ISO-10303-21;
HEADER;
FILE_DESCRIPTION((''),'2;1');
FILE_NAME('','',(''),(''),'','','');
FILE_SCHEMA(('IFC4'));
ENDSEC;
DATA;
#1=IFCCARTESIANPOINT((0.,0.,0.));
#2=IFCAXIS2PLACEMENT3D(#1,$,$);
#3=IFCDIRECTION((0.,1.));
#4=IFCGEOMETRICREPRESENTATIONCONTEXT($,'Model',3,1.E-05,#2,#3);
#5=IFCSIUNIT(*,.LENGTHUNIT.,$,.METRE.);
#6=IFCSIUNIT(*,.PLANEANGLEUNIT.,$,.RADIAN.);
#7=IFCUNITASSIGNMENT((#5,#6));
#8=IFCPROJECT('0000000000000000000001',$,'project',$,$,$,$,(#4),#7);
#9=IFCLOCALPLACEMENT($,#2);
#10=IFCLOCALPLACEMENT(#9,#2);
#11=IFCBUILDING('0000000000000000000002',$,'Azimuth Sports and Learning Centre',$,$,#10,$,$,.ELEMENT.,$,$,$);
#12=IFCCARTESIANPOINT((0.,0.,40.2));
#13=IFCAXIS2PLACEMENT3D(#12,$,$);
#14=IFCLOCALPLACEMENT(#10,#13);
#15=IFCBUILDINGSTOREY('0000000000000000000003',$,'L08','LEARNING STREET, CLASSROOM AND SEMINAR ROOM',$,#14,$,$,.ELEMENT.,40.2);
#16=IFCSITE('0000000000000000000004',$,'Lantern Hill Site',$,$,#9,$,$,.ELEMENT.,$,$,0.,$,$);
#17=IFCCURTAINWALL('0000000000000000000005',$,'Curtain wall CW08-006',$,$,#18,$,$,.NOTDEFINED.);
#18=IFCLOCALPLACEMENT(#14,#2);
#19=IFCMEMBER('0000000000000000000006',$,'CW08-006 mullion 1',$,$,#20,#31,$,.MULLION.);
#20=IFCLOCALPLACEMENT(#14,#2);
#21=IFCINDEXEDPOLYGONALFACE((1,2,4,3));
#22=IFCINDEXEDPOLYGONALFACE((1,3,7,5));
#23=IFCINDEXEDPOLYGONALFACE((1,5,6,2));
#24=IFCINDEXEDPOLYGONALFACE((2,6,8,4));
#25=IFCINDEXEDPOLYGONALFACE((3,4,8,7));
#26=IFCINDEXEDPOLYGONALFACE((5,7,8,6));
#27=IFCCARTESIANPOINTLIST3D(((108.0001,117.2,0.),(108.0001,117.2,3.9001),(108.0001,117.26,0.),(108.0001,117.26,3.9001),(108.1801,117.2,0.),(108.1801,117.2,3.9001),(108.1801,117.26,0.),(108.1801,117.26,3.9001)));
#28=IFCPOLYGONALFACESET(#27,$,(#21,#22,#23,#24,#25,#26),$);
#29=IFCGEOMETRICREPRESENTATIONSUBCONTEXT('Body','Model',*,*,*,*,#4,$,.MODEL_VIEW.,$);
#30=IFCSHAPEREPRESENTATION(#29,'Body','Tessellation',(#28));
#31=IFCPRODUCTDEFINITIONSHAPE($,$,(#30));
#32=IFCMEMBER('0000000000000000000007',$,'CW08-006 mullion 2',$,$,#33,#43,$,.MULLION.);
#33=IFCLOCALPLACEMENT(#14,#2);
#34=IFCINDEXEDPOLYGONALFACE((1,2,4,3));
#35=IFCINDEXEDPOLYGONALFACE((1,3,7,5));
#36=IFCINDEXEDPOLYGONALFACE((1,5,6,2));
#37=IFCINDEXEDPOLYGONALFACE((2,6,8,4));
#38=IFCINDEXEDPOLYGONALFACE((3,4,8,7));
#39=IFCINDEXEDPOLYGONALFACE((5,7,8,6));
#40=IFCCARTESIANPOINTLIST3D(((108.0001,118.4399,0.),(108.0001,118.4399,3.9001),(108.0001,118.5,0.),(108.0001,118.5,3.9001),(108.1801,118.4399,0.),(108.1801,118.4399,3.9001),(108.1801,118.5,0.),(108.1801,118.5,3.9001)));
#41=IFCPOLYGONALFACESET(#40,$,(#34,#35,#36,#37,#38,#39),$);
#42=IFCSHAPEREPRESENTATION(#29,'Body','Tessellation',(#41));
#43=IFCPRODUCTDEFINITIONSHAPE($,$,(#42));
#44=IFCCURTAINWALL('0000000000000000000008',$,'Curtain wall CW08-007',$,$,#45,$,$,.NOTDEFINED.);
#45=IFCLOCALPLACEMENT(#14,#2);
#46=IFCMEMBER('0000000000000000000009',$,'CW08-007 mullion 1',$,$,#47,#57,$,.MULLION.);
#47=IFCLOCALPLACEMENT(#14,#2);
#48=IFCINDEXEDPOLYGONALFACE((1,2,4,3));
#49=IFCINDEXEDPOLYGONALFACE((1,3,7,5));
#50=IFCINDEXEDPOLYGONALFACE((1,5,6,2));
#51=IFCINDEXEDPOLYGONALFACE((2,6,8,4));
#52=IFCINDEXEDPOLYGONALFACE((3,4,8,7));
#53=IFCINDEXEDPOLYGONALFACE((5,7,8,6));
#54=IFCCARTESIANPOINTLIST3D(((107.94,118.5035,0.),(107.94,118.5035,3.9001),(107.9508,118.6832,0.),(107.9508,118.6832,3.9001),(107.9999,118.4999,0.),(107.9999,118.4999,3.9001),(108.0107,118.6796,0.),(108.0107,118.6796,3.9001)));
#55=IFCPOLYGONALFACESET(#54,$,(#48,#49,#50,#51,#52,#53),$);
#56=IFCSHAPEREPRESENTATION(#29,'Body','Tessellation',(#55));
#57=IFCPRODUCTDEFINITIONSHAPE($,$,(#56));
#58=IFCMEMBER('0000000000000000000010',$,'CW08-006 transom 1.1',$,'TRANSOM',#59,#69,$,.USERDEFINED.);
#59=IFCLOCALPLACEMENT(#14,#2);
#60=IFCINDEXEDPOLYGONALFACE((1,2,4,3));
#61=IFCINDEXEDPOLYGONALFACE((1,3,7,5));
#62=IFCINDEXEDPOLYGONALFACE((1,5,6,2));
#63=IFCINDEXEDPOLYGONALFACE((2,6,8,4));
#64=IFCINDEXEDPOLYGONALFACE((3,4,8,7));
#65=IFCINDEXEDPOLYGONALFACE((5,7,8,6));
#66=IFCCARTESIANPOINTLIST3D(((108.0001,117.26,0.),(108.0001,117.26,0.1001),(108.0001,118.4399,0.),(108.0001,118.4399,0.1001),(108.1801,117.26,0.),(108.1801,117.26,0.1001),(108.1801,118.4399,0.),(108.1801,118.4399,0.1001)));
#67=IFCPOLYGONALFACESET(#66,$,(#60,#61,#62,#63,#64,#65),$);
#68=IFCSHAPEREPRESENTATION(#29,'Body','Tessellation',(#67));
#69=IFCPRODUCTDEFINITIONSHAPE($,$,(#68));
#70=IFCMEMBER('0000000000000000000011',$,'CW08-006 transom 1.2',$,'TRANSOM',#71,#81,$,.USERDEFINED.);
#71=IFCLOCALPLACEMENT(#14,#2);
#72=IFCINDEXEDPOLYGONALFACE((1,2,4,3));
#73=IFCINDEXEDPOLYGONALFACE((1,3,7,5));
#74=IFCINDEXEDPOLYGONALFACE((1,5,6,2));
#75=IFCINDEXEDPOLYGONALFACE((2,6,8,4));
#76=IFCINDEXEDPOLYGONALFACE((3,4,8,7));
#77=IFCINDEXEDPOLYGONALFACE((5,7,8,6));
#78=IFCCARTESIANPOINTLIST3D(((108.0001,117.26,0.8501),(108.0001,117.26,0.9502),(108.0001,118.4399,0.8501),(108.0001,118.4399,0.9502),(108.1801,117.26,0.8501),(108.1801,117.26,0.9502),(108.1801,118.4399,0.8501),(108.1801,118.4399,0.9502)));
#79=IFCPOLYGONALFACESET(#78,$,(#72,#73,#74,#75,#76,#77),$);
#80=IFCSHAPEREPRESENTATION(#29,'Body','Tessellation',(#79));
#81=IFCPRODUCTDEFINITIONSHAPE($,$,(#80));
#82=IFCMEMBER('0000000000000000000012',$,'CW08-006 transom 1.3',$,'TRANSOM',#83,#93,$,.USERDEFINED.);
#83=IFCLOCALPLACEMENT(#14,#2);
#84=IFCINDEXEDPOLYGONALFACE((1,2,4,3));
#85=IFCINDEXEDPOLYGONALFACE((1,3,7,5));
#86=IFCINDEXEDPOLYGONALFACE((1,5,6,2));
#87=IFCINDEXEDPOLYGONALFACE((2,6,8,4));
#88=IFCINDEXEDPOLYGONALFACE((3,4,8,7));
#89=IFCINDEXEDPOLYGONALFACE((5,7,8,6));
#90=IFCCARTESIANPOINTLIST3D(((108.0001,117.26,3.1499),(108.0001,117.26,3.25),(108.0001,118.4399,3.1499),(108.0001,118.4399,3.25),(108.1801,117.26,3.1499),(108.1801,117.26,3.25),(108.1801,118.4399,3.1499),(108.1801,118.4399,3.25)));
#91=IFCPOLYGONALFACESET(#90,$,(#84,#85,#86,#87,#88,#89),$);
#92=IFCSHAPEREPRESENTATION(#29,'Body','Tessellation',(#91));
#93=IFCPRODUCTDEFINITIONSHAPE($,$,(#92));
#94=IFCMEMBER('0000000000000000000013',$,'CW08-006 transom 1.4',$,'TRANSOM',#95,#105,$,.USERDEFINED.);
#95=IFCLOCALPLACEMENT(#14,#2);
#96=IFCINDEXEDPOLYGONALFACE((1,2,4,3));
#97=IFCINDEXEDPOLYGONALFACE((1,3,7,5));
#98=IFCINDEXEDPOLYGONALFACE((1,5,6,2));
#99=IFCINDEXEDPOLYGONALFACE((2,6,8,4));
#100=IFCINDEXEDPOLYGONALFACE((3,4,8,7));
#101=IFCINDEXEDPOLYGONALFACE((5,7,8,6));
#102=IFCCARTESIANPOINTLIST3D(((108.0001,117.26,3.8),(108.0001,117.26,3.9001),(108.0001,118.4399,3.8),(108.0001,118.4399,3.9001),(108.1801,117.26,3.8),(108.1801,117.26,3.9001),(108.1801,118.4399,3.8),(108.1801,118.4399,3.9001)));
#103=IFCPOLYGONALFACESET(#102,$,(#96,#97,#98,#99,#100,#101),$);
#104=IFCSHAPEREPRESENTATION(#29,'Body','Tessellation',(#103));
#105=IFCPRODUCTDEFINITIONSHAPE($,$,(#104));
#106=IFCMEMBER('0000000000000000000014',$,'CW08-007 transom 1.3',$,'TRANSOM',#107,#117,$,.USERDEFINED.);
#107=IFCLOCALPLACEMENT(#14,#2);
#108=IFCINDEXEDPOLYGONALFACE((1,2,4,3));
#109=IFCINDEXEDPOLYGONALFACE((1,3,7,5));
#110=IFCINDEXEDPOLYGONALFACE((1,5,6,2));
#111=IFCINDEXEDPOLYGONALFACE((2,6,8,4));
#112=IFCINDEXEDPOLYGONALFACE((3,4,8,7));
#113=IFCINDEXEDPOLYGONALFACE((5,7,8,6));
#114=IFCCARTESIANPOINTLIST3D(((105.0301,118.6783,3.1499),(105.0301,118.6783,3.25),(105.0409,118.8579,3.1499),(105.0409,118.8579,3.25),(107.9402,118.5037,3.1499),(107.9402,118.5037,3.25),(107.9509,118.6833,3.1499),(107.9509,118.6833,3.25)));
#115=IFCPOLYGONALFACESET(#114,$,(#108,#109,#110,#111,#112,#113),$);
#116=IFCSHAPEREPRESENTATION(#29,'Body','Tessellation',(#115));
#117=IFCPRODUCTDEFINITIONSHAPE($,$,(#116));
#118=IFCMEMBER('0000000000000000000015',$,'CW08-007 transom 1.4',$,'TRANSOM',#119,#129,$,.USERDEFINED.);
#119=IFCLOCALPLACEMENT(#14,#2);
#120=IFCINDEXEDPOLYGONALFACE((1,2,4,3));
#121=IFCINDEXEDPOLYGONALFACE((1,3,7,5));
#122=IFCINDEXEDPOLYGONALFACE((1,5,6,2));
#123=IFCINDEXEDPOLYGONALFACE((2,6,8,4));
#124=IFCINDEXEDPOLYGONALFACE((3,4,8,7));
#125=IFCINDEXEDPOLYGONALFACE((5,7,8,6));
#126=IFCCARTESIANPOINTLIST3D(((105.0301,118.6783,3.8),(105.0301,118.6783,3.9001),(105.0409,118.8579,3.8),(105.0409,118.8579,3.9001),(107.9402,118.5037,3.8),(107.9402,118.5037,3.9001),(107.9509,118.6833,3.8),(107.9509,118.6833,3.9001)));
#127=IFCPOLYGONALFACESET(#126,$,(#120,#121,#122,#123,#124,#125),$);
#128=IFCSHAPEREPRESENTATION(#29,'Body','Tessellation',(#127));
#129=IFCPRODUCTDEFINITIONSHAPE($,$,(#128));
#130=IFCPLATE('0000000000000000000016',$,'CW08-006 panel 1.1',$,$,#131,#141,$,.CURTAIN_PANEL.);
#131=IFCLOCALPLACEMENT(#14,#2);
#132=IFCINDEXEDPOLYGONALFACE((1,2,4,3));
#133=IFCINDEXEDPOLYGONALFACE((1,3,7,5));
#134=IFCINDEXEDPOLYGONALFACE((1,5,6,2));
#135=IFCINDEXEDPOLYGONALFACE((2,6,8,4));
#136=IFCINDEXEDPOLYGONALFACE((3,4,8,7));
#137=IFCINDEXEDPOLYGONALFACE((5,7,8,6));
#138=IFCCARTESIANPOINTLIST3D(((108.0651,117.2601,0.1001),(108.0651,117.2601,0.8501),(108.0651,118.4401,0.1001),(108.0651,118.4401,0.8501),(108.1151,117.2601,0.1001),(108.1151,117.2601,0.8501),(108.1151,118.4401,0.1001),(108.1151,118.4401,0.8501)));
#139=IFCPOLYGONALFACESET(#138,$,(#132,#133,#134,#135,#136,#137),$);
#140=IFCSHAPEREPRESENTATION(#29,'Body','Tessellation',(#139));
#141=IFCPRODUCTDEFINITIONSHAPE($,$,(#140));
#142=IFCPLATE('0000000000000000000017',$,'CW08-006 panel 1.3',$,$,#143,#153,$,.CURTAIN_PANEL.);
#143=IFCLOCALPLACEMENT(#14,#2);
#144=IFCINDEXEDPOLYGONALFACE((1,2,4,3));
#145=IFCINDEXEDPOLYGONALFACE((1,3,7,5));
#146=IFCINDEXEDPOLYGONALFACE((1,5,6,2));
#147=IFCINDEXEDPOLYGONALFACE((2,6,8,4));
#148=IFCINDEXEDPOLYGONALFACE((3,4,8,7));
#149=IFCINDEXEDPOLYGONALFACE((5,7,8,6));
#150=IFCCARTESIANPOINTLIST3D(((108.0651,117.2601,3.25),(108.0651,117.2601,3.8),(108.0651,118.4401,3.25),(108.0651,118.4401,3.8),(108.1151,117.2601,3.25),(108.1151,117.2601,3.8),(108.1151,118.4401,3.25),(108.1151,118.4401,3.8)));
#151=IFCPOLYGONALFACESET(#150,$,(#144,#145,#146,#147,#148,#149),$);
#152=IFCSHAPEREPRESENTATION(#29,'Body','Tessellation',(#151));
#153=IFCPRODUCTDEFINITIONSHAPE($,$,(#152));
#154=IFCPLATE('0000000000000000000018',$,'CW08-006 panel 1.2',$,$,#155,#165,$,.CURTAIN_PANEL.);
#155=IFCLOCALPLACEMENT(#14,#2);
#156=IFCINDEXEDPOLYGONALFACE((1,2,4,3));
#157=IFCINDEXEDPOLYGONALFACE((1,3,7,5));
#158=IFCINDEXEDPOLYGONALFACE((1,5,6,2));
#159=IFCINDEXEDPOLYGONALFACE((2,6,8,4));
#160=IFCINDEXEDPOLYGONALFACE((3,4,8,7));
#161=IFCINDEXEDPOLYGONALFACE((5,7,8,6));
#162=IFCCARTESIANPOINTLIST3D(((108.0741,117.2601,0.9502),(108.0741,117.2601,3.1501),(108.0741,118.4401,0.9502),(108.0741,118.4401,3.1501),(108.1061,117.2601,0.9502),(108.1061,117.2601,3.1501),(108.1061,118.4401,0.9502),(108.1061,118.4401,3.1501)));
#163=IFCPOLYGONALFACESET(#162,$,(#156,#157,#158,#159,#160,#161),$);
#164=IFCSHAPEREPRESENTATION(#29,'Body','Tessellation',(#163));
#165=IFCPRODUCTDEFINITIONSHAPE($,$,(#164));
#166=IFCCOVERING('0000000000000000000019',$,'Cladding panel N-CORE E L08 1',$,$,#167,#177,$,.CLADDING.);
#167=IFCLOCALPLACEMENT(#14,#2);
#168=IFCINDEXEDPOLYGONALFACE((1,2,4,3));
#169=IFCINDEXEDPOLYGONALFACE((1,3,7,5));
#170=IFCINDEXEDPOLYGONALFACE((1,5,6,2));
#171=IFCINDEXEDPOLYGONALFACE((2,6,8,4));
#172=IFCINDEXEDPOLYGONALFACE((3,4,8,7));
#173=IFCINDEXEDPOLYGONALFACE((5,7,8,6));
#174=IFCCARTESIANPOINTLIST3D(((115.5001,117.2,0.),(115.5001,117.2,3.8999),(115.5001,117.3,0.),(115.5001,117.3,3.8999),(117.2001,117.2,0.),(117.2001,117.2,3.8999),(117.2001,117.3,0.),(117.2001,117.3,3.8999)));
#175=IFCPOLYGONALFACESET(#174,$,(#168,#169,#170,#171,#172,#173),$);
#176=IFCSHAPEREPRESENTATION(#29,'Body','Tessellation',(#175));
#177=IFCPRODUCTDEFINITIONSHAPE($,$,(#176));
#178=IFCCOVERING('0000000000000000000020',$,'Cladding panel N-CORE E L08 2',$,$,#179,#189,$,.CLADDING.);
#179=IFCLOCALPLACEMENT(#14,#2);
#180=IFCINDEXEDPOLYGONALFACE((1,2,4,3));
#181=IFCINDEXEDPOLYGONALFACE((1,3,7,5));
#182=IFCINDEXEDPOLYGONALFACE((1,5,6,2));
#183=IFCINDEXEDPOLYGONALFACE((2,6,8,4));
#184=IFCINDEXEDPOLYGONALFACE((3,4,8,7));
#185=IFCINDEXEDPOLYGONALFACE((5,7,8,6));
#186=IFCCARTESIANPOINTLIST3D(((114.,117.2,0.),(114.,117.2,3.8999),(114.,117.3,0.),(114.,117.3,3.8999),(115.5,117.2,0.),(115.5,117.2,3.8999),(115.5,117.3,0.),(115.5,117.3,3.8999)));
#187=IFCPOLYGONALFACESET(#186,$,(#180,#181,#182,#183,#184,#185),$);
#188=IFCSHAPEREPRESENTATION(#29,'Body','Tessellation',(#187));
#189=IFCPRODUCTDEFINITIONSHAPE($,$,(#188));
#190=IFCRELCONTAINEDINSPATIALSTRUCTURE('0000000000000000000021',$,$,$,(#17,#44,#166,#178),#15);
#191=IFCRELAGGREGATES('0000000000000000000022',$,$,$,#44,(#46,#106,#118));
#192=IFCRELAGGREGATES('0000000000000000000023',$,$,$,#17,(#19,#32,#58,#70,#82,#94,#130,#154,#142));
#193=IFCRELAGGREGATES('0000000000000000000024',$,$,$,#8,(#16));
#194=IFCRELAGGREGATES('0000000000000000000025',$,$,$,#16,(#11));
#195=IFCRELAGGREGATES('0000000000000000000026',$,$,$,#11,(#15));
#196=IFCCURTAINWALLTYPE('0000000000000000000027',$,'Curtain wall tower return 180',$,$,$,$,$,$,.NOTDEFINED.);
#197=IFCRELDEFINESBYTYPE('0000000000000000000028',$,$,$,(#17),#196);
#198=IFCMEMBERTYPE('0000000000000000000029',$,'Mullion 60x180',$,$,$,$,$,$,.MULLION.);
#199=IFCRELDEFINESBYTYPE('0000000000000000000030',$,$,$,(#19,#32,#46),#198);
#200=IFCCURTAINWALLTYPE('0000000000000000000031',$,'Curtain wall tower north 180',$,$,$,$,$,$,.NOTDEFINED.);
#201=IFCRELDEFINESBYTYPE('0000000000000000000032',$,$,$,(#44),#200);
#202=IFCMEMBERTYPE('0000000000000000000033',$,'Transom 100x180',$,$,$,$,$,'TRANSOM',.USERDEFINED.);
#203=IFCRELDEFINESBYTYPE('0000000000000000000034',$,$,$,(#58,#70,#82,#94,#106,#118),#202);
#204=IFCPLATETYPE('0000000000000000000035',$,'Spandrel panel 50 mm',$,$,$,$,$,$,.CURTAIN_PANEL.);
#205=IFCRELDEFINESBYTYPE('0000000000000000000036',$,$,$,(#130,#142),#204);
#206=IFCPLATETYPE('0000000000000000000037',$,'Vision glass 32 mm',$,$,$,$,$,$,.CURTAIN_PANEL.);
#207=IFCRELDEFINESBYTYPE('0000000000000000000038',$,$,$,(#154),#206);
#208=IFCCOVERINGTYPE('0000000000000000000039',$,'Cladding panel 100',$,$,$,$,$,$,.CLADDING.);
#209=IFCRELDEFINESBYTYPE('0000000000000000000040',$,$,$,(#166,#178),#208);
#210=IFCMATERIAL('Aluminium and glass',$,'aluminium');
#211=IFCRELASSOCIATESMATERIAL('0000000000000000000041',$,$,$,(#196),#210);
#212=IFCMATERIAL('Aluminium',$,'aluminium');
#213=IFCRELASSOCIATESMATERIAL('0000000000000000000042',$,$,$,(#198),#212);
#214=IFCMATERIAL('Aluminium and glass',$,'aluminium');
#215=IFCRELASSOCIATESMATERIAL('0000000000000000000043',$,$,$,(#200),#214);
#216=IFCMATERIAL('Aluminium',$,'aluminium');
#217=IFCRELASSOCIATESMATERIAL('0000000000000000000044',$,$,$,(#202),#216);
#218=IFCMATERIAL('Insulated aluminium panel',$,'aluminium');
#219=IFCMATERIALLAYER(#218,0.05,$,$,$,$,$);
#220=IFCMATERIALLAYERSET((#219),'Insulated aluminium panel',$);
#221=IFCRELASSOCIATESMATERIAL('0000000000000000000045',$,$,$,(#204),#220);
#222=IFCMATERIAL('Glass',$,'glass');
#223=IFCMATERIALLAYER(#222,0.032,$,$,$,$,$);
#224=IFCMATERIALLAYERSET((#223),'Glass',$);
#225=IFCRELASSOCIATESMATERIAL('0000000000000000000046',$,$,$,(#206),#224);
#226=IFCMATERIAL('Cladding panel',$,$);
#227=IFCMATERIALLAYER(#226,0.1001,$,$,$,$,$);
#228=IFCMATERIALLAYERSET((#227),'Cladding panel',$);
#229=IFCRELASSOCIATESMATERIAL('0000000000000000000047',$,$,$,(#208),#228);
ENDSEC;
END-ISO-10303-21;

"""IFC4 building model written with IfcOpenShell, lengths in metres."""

from ifc_helpers import new_model, si_unit, direction, frame, origin, origin_2d, place, context, subcontext, project, spatial, rectangle, extrude, material, layer, layer_set, material_profile, profile_set, type_object, element, aggregate, save


model = new_model("IFC4")

# Units and contexts
model_context = context("Model", 3, precision=1e-05, world=origin(), true_north=direction((0.0, 1.0)))
body_context = subcontext(model_context, "Body", "Model", "MODEL_VIEW")
ifc_project = project(units=[si_unit("LENGTHUNIT", "METRE"), si_unit("PLANEANGLEUNIT", "RADIAN")], contexts=[model_context])

# Site, building, storey
site_placement = place(None, origin())
site = spatial("IfcSite", under=ifc_project, at=site_placement, Name="Lantern Hill Site", CompositionType="ELEMENT", RefElevation=0.0)
building_placement = place(site_placement, origin())
building = spatial("IfcBuilding", under=site, at=building_placement, Name="Azimuth Sports and Learning Centre", CompositionType="ELEMENT")
storey_placement = place(building_placement, frame((0.0, 0.0, 40.2)))
storey = spatial("IfcBuildingStorey", under=building, at=storey_placement, Name="L08", Description="LEARNING STREET, CLASSROOM AND SEMINAR ROOM", CompositionType="ELEMENT", Elevation=40.2)

# Curtain wall, members
ifc_material_1 = material(Name="Aluminium and glass", Category="aluminium")
curtain_wall_type_1 = type_object("IfcCurtainWallType", Name="Curtain wall tower return 180", PredefinedType="NOTDEFINED", material=ifc_material_1)
curtain_wall_1_placement = place(storey_placement, origin())
curtain_wall_1 = element("IfcCurtainWall", 1, at=curtain_wall_1_placement, inside=storey, type_object=curtain_wall_type_1, Name="Curtain wall CW08-006", PredefinedType="NOTDEFINED")
ifc_material_2 = material(Name="Aluminium", Category="aluminium")
ifc_material_profile_1 = material_profile(ifc_material_2, rectangle(XDim=0.1799, YDim=0.0601, at=origin_2d()), Name="Mullion 60x180")
ifc_profile_set_1 = profile_set([ifc_material_profile_1], Name="Aluminium")
member_type_1 = type_object("IfcMemberType", Name="Mullion 60x180", PredefinedType="MULLION", material=ifc_profile_set_1)
member_1_placement = place(storey_placement, frame((108.0901, 117.23, 0.0), z_axis=(0.0, 0.0, 1.0), x_axis=(-1.0, 0.0, 0.0)))
member_1 = element("IfcMember", 2, at=member_1_placement, type_object=member_type_1, Name="CW08-006 mullion 1", PredefinedType="MULLION", context=body_context, shape_type="SweptSolid", body=[
    extrude(rectangle(XDim=0.1799, YDim=0.0601, at=origin_2d()), origin(), (0.0, 0.0, 1.0), 3.9001),
])
member_2_placement = place(storey_placement, frame((108.0901, 118.47, 0.0), z_axis=(0.0, 0.0, 1.0), x_axis=(-1.0, 0.0, 0.0)))
member_2 = element("IfcMember", 3, at=member_2_placement, type_object=member_type_1, Name="CW08-006 mullion 2", PredefinedType="MULLION", context=body_context, shape_type="SweptSolid", body=[
    extrude(rectangle(XDim=0.1799, YDim=0.0601, at=origin_2d()), origin(), (0.0, 0.0, 1.0), 3.9001),
])

# Curtain wall, member
ifc_material_3 = material(Name="Aluminium and glass", Category="aluminium")
curtain_wall_type_2 = type_object("IfcCurtainWallType", Name="Curtain wall tower north 180", PredefinedType="NOTDEFINED", material=ifc_material_3)
curtain_wall_2_placement = place(storey_placement, origin())
curtain_wall_2 = element("IfcCurtainWall", 4, at=curtain_wall_2_placement, inside=storey, type_object=curtain_wall_type_2, Name="Curtain wall CW08-007", PredefinedType="NOTDEFINED")
member_3_placement = place(storey_placement, frame((107.9753, 118.5916, 0.0), z_axis=(0.0, 0.0, 1.0), x_axis=(-0.059892, -0.998205, 0.0)))
member_3 = element("IfcMember", 5, at=member_3_placement, type_object=member_type_1, Name="CW08-007 mullion 1", PredefinedType="MULLION", context=body_context, shape_type="SweptSolid", body=[
    extrude(rectangle(XDim=0.1799, YDim=0.0601, at=origin_2d()), origin(), (0.0, 0.0, 1.0), 3.9001),
])

# Members
ifc_material_4 = material(Name="Aluminium", Category="aluminium")
ifc_material_profile_2 = material_profile(ifc_material_4, rectangle(XDim=0.1799, YDim=0.1001, at=origin_2d()), Name="Transom 100x180")
ifc_profile_set_2 = profile_set([ifc_material_profile_2], Name="Aluminium")
member_type_2 = type_object("IfcMemberType", Name="Transom 100x180", ElementType="TRANSOM", PredefinedType="USERDEFINED", material=ifc_profile_set_2)
member_4_placement = place(storey_placement, frame((108.0901, 117.26, 0.05), z_axis=(0.0, 1.0, 0.0), x_axis=(-1.0, 0.0, 0.0)))
member_4 = element("IfcMember", 6, at=member_4_placement, type_object=member_type_2, Name="CW08-006 transom 1.1", ObjectType="TRANSOM", PredefinedType="USERDEFINED", context=body_context, shape_type="SweptSolid", body=[
    extrude(rectangle(XDim=0.1799, YDim=0.1001, at=origin_2d()), origin(), (0.0, 0.0, 1.0), 1.1799),
])
member_5_placement = place(storey_placement, frame((108.0901, 117.26, 0.9001), z_axis=(0.0, 1.0, 0.0), x_axis=(-1.0, 0.0, 0.0)))
member_5 = element("IfcMember", 7, at=member_5_placement, type_object=member_type_2, Name="CW08-006 transom 1.2", ObjectType="TRANSOM", PredefinedType="USERDEFINED", context=body_context, shape_type="SweptSolid", body=[
    extrude(rectangle(XDim=0.1799, YDim=0.1001, at=origin_2d()), origin(), (0.0, 0.0, 1.0), 1.1799),
])
member_6_placement = place(storey_placement, frame((108.0901, 117.26, 3.2), z_axis=(0.0, 1.0, 0.0), x_axis=(-1.0, 0.0, 0.0)))
member_6 = element("IfcMember", 8, at=member_6_placement, type_object=member_type_2, Name="CW08-006 transom 1.3", ObjectType="TRANSOM", PredefinedType="USERDEFINED", context=body_context, shape_type="SweptSolid", body=[
    extrude(rectangle(XDim=0.1799, YDim=0.1001, at=origin_2d()), origin(), (0.0, 0.0, 1.0), 1.1799),
])
member_7_placement = place(storey_placement, frame((108.0901, 117.26, 3.8501), z_axis=(0.0, 1.0, 0.0), x_axis=(-1.0, 0.0, 0.0)))
member_7 = element("IfcMember", 9, at=member_7_placement, type_object=member_type_2, Name="CW08-006 transom 1.4", ObjectType="TRANSOM", PredefinedType="USERDEFINED", context=body_context, shape_type="SweptSolid", body=[
    extrude(rectangle(XDim=0.1799, YDim=0.1001, at=origin_2d()), origin(), (0.0, 0.0, 1.0), 1.1799),
])
member_8_placement = place(storey_placement, frame((107.9456, 118.5935, 3.2), z_axis=(-0.998206, 0.059876, 0.0), x_axis=(-0.059876, -0.998206, 0.0)))
member_8 = element("IfcMember", 10, at=member_8_placement, type_object=member_type_2, Name="CW08-007 transom 1.3", ObjectType="TRANSOM", PredefinedType="USERDEFINED", context=body_context, shape_type="SweptSolid", body=[
    extrude(rectangle(XDim=0.1799, YDim=0.1001, at=origin_2d()), origin(), (0.0, 0.0, 1.0), 2.9153),
])
member_9_placement = place(storey_placement, frame((107.9456, 118.5935, 3.8501), z_axis=(-0.998206, 0.059876, 0.0), x_axis=(-0.059876, -0.998206, 0.0)))
member_9 = element("IfcMember", 11, at=member_9_placement, type_object=member_type_2, Name="CW08-007 transom 1.4", ObjectType="TRANSOM", PredefinedType="USERDEFINED", context=body_context, shape_type="SweptSolid", body=[
    extrude(rectangle(XDim=0.1799, YDim=0.1001, at=origin_2d()), origin(), (0.0, 0.0, 1.0), 2.9153),
])
aggregate(curtain_wall_2, [member_3, member_8, member_9])

# Plates
ifc_material_5 = material(Name="Insulated aluminium panel", Category="aluminium")
ifc_layer_1 = layer(ifc_material_5, 0.05)
ifc_layer_set_1 = layer_set([ifc_layer_1], Name="Insulated aluminium panel")
plate_type_1 = type_object("IfcPlateType", Name="Spandrel panel 50 mm", PredefinedType="CURTAIN_PANEL", material=ifc_layer_set_1)
plate_1_placement = place(storey_placement, frame((108.0901, 117.8501, 0.1001), z_axis=(0.0, 0.0, 1.0), x_axis=(0.0, 1.0, 0.0)))
plate_1 = element("IfcPlate", 12, at=plate_1_placement, type_object=plate_type_1, Name="CW08-006 panel 1.1", PredefinedType="CURTAIN_PANEL", context=body_context, shape_type="SweptSolid", body=[
    extrude(rectangle(XDim=1.1799, YDim=0.05, at=origin_2d()), origin(), (0.0, 0.0, 1.0), 0.75),
])
plate_2_placement = place(storey_placement, frame((108.0901, 117.8501, 3.25), z_axis=(0.0, 0.0, 1.0), x_axis=(0.0, 1.0, 0.0)))
plate_2 = element("IfcPlate", 13, at=plate_2_placement, type_object=plate_type_1, Name="CW08-006 panel 1.3", PredefinedType="CURTAIN_PANEL", context=body_context, shape_type="SweptSolid", body=[
    extrude(rectangle(XDim=1.1799, YDim=0.05, at=origin_2d()), origin(), (0.0, 0.0, 1.0), 0.55),
])
ifc_material_6 = material(Name="Glass", Category="glass")
ifc_layer_2 = layer(ifc_material_6, 0.032)
ifc_layer_set_2 = layer_set([ifc_layer_2], Name="Glass")
plate_type_2 = type_object("IfcPlateType", Name="Vision glass 32 mm", PredefinedType="CURTAIN_PANEL", material=ifc_layer_set_2)
plate_3_placement = place(storey_placement, frame((108.0901, 117.8501, 0.9502), z_axis=(0.0, 0.0, 1.0), x_axis=(0.0, 1.0, 0.0)))
plate_3 = element("IfcPlate", 14, at=plate_3_placement, type_object=plate_type_2, Name="CW08-006 panel 1.2", PredefinedType="CURTAIN_PANEL", context=body_context, shape_type="SweptSolid", body=[
    extrude(rectangle(XDim=1.1799, YDim=0.032, at=origin_2d()), origin(), (0.0, 0.0, 1.0), 2.2),
])
aggregate(curtain_wall_1, [member_1, member_2, member_4, member_5, member_6, member_7, plate_1, plate_3, plate_2])

# Coverings
ifc_material_7 = material(Name="Cladding panel")
ifc_layer_3 = layer(ifc_material_7, 0.1001)
ifc_layer_set_3 = layer_set([ifc_layer_3], Name="Cladding panel")
covering_type = type_object("IfcCoveringType", Name="Cladding panel 100", PredefinedType="CLADDING", material=ifc_layer_set_3)
covering_1_placement = place(storey_placement, frame((116.3501, 117.25, 0.0), z_axis=(0.0, 0.0, 1.0), x_axis=(-1.0, 0.0, 0.0)))
element("IfcCovering", 15, at=covering_1_placement, inside=storey, type_object=covering_type, Name="Cladding panel N-CORE E L08 1", PredefinedType="CLADDING", context=body_context, shape_type="SweptSolid", body=[
    extrude(rectangle(XDim=1.7, YDim=0.1001, at=origin_2d()), origin(), (0.0, 0.0, 1.0), 3.8999),
])
covering_2_placement = place(storey_placement, frame((114.75, 117.25, 0.0), z_axis=(0.0, 0.0, 1.0), x_axis=(-1.0, 0.0, 0.0)))
element("IfcCovering", 16, at=covering_2_placement, inside=storey, type_object=covering_type, Name="Cladding panel N-CORE E L08 2", PredefinedType="CLADDING", context=body_context, shape_type="SweptSolid", body=[
    extrude(rectangle(XDim=1.5, YDim=0.1001, at=origin_2d()), origin(), (0.0, 0.0, 1.0), 3.8999),
])

save(model, "model.ifc")
